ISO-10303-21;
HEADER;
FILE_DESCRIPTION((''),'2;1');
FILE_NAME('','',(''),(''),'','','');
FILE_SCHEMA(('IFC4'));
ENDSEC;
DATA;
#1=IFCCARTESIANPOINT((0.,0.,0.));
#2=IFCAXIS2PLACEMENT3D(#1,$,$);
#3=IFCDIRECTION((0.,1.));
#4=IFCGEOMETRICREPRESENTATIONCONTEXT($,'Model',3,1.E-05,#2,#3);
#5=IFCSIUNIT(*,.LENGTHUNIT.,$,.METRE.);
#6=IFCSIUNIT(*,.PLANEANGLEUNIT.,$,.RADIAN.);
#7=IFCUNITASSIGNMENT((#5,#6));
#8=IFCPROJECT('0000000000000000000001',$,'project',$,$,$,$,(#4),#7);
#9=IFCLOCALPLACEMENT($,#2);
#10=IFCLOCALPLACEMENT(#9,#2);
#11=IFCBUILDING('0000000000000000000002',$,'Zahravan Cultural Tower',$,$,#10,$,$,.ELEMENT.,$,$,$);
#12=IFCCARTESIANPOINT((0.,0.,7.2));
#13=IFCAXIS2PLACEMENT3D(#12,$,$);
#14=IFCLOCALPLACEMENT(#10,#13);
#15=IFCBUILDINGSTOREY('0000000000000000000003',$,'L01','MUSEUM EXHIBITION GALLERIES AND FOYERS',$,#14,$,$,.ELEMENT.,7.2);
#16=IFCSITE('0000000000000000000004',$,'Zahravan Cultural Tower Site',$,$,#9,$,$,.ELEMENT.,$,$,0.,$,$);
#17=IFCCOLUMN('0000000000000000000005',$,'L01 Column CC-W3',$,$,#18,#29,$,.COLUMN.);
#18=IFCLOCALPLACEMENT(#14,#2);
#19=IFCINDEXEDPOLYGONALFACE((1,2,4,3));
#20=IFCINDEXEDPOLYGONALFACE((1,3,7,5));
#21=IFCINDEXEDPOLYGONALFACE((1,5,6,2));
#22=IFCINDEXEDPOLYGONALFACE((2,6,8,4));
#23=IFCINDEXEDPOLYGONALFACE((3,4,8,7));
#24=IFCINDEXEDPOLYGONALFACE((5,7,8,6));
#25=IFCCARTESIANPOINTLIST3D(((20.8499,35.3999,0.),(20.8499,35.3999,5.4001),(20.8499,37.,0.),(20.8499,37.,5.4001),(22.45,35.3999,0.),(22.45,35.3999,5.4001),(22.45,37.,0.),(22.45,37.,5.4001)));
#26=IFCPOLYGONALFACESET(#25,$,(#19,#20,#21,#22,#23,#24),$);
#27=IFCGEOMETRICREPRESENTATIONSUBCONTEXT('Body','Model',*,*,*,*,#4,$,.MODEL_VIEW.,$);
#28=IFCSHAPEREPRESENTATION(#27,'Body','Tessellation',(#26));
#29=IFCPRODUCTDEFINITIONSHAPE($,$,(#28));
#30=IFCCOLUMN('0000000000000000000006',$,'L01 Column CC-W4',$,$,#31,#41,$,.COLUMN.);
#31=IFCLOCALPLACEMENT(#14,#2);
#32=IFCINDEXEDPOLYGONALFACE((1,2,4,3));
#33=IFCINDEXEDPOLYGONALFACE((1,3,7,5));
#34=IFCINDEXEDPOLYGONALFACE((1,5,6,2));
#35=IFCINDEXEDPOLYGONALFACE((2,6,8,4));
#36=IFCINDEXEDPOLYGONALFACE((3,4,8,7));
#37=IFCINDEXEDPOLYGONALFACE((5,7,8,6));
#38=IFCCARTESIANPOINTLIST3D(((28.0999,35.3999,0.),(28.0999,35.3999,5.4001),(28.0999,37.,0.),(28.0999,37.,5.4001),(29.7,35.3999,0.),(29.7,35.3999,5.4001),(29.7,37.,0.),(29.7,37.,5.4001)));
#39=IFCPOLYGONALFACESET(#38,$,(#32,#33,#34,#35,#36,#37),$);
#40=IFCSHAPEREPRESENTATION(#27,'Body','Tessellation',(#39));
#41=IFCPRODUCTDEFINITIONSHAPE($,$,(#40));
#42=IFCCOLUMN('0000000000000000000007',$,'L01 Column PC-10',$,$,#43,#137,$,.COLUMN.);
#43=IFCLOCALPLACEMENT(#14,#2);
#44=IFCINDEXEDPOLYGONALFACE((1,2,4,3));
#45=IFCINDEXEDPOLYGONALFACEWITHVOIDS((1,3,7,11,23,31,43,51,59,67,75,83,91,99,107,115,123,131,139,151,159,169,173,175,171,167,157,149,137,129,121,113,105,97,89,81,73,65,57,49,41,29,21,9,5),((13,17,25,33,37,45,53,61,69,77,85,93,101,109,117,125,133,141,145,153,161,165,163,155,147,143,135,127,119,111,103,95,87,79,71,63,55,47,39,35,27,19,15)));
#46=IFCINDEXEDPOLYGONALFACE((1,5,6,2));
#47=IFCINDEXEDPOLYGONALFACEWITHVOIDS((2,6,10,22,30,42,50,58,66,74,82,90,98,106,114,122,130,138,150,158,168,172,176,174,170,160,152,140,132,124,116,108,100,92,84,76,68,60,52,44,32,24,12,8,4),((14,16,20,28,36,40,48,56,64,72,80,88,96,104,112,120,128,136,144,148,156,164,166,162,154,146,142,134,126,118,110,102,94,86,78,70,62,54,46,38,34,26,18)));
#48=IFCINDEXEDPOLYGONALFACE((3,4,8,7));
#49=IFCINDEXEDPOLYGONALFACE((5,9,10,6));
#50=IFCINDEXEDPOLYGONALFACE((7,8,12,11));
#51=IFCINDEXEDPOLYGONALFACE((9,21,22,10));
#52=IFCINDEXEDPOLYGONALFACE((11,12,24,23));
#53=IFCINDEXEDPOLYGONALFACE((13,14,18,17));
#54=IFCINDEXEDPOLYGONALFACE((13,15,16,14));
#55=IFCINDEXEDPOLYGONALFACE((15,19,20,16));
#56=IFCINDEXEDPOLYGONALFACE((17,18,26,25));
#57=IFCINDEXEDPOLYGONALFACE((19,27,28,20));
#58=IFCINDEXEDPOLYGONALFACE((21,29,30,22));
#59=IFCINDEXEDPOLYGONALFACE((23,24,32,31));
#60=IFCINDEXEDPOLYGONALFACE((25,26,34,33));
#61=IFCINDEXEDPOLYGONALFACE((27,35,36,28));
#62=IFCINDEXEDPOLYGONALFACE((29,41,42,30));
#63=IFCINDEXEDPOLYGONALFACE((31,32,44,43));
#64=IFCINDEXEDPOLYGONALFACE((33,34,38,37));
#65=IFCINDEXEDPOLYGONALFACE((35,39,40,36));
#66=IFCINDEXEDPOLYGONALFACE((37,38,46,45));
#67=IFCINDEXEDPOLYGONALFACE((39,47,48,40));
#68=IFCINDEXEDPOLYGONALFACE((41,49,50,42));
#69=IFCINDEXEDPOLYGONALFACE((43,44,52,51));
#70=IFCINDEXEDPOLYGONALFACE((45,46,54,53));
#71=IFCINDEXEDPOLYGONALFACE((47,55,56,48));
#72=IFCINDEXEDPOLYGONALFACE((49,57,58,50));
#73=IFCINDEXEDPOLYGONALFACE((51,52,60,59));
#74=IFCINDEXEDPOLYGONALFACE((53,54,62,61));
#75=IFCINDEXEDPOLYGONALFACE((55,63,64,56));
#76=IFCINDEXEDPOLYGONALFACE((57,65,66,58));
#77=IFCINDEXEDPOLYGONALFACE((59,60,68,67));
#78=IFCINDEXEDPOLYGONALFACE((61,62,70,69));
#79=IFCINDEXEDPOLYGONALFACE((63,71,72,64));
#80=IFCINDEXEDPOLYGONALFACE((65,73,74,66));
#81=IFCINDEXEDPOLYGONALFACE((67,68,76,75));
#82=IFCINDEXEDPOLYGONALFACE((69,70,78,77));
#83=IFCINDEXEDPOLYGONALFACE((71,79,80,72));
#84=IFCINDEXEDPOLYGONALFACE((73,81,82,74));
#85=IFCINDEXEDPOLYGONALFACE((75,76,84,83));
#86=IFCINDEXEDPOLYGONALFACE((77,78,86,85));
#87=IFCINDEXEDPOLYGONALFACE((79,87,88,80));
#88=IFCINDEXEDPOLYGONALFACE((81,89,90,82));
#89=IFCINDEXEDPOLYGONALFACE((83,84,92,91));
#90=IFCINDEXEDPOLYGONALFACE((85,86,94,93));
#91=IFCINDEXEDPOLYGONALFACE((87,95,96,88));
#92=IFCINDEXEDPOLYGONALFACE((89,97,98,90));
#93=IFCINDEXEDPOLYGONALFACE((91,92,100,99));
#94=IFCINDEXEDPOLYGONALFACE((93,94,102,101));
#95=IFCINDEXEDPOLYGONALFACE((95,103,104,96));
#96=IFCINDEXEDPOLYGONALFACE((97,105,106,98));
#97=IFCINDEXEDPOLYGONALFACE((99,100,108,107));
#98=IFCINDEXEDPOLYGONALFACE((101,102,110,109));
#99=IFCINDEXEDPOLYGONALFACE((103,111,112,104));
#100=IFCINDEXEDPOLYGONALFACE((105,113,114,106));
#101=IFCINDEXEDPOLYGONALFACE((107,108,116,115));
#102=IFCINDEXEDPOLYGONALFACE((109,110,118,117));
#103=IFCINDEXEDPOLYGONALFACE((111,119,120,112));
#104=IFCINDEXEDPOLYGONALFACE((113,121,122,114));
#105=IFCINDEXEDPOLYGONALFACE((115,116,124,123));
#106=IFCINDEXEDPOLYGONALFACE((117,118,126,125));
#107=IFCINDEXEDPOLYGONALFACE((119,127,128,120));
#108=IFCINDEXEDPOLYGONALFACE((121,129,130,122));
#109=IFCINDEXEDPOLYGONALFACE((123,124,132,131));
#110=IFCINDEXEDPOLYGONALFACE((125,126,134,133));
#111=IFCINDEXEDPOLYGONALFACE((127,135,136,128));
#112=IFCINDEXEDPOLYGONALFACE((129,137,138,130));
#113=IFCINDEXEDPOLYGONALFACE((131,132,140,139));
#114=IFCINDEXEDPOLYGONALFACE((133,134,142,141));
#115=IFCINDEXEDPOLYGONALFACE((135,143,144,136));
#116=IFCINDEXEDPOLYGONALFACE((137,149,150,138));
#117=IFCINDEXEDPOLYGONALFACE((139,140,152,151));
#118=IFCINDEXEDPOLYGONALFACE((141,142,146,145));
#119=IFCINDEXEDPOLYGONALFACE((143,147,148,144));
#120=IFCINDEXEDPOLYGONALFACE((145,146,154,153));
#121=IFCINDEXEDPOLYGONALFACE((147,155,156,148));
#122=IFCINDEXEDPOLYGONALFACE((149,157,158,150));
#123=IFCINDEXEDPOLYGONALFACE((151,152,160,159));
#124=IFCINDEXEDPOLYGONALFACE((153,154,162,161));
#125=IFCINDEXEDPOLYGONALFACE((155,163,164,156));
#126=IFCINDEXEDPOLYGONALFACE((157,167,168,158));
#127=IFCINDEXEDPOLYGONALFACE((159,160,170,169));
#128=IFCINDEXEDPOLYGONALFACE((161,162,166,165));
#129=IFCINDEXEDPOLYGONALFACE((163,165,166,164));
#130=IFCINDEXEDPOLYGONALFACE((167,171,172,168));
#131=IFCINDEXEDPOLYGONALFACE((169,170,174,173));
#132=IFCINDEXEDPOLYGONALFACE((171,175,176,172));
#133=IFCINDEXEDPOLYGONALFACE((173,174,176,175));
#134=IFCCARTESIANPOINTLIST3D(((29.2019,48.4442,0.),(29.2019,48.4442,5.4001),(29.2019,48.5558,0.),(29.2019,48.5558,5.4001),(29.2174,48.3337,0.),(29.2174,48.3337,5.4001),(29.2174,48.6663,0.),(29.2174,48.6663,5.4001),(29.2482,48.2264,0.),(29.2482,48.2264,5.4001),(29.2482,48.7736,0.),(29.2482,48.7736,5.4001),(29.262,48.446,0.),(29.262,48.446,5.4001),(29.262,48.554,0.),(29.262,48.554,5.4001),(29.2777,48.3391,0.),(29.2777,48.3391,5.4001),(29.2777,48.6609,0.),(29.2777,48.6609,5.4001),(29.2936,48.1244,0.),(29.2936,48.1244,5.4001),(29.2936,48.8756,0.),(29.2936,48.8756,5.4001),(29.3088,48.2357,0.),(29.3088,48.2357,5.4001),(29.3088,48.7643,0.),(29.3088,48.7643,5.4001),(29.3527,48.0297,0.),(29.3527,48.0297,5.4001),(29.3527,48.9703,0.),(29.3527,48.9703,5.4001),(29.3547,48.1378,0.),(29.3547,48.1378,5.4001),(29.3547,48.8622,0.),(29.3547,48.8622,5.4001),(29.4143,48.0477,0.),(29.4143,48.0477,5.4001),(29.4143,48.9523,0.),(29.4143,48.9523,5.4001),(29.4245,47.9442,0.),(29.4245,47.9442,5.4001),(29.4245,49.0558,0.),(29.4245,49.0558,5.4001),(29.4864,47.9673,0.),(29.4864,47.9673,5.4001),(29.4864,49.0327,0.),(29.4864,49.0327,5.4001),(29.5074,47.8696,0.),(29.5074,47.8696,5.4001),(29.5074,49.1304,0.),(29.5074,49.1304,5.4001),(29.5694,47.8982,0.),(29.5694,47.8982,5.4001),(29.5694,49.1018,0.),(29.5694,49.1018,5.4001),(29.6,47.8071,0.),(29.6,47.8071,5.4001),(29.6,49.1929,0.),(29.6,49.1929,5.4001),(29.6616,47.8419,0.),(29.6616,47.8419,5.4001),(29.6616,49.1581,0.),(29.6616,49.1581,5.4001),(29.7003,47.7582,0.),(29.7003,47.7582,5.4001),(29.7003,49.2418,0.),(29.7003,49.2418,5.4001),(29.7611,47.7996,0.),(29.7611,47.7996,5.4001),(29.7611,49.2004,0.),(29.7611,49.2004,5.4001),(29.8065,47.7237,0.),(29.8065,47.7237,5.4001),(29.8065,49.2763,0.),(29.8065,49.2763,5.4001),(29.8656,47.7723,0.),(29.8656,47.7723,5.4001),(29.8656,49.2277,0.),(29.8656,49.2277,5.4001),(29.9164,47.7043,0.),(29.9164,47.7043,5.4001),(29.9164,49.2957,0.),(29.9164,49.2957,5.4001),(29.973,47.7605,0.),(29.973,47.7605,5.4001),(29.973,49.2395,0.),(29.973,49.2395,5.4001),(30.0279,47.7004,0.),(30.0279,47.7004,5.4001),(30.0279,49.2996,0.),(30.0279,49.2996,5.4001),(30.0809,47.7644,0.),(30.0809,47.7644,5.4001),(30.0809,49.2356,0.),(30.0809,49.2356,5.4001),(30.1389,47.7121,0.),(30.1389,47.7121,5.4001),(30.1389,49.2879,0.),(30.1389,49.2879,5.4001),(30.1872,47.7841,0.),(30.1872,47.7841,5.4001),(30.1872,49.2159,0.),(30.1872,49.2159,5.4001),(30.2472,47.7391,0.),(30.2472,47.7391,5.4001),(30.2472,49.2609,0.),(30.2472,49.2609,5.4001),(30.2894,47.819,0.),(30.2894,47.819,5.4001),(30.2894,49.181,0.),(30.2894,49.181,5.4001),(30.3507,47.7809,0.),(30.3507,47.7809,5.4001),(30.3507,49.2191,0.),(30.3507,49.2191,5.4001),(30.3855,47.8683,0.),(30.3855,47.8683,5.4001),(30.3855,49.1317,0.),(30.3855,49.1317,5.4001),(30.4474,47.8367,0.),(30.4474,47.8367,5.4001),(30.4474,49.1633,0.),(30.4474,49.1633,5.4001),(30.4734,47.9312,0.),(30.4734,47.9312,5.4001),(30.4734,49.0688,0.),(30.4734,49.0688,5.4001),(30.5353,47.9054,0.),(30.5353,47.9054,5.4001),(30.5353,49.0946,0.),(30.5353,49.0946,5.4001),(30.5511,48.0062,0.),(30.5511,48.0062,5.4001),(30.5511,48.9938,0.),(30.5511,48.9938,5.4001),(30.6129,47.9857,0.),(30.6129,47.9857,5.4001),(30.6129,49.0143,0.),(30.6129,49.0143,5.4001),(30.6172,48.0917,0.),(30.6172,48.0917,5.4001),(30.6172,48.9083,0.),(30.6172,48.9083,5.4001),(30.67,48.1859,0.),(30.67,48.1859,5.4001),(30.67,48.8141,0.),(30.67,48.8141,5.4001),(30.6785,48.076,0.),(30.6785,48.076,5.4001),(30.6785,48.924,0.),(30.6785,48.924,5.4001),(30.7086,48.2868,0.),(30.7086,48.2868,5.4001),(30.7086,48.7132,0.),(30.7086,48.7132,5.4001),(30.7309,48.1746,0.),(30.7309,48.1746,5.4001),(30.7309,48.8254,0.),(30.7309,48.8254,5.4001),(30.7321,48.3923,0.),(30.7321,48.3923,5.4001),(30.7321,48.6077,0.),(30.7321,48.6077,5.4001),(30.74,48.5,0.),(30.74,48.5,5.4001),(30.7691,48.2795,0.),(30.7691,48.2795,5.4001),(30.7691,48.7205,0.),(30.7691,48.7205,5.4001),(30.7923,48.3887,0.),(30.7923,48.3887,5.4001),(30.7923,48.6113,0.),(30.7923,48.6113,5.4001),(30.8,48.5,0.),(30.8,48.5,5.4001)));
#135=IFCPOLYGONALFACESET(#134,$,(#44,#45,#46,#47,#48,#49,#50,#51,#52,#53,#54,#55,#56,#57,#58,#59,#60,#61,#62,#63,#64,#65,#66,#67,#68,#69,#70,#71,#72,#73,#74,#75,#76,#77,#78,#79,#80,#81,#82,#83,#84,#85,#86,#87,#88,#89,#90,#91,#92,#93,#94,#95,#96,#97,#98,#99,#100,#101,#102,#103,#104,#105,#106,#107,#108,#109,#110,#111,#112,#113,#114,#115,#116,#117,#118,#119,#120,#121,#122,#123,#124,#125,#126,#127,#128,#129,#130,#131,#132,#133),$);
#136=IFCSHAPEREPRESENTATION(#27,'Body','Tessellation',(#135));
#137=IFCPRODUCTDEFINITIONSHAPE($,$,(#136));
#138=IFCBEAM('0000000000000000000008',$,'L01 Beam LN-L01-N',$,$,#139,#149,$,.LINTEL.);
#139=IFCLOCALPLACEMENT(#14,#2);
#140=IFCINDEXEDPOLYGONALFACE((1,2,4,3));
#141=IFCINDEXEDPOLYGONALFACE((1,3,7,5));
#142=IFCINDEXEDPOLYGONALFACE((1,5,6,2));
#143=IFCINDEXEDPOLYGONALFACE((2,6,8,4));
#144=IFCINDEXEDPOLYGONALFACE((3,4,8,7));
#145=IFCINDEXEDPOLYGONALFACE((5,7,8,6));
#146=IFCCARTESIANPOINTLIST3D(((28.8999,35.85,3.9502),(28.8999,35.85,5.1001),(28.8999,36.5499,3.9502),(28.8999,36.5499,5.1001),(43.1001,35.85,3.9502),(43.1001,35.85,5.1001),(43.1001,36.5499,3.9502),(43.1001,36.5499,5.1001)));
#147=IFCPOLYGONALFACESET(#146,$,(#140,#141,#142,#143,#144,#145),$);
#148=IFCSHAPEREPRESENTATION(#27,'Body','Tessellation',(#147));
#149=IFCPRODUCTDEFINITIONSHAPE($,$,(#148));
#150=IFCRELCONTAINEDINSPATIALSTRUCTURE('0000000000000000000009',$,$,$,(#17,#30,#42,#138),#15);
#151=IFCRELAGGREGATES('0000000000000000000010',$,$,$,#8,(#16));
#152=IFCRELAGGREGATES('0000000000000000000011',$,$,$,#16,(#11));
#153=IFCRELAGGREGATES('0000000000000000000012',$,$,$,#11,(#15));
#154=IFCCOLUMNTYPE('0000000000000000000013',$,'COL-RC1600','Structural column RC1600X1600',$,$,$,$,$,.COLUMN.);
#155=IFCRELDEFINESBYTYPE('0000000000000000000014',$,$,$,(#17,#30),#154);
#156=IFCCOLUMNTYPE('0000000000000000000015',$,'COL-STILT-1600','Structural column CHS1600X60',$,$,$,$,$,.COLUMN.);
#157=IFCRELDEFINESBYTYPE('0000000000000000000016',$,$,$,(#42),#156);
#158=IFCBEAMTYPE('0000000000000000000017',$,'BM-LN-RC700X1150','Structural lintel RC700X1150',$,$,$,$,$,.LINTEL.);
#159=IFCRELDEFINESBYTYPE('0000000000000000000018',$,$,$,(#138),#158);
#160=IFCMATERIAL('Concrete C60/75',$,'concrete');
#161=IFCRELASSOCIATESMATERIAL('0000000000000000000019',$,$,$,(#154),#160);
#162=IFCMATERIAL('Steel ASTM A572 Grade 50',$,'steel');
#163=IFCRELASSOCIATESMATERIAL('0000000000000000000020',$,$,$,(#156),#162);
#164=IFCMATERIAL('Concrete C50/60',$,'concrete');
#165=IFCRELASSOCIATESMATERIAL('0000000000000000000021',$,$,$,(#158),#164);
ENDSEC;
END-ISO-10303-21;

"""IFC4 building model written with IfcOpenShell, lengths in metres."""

from ifc_helpers import new_model, si_unit, direction, frame, origin, origin_2d, place, context, subcontext, project, spatial, rectangle, hollow_circle, extrude, source, transform, mapped, material, material_profile, profile_set, type_object, element, save


model = new_model("IFC4")

# Units and contexts
model_context = context("Model", 3, precision=1e-05, world=origin(), true_north=direction((0.0, 1.0)))
body_context = subcontext(model_context, "Body", "Model", "MODEL_VIEW")
ifc_project = project(units=[si_unit("LENGTHUNIT", "METRE"), si_unit("PLANEANGLEUNIT", "RADIAN")], contexts=[model_context])

# Site, building, storey
site_placement = place(None, origin())
site = spatial("IfcSite", under=ifc_project, at=site_placement, Name="Zahravan Cultural Tower Site", CompositionType="ELEMENT", RefElevation=0.0)
building_placement = place(site_placement, origin())
building = spatial("IfcBuilding", under=site, at=building_placement, Name="Zahravan Cultural Tower", CompositionType="ELEMENT")
storey_placement = place(building_placement, frame((0.0, 0.0, 7.2)))
storey = spatial("IfcBuildingStorey", under=building, at=storey_placement, Name="L01", Description="MUSEUM EXHIBITION GALLERIES AND FOYERS", CompositionType="ELEMENT", Elevation=7.2)

# Columns
ifc_material_1 = material(Name="Concrete C60/75", Category="concrete")
ifc_material_profile_1 = material_profile(ifc_material_1, rectangle(XDim=1.6001, YDim=1.6001, at=origin_2d()), Name="RC1600X1600")
ifc_profile_set_1 = profile_set([ifc_material_profile_1], Name="Concrete C60/75")
column_type_1 = type_object("IfcColumnType", Name="COL-RC1600", Description="Structural column RC1600X1600", PredefinedType="COLUMN", material=ifc_profile_set_1)
shared_shape_1 = source(origin(), body_context, "Body", "SweptSolid", [
    extrude(rectangle(XDim=1.6001, YDim=1.6001, at=origin_2d()), origin(), (0.0, 0.0, 1.0), 5.4001),
])
for number, where, z_axis, x_axis, name in (
    (1, (21.6499, 36.2, 0.0), (0.0, 0.0, 1.0), (1.0, 0.0, 0.0), "L01 Column CC-W3"),
    (2, (28.8999, 36.2, 0.0), (0.0, 0.0, 1.0), (1.0, 0.0, 0.0), "L01 Column CC-W4"),
):
    element("IfcColumn", number, at=place(storey_placement, frame(where, z_axis=z_axis, x_axis=x_axis)), inside=storey, type_object=column_type_1, Name=name, PredefinedType="COLUMN", context=body_context, shape_type="MappedRepresentation", body=[
        mapped(shared_shape_1, transform((0.0, 0.0, 0.0), x_axis=(1.0, 0.0, 0.0), y_axis=(0.0, 1.0, 0.0), z_axis=(0.0, 0.0, 1.0), scale=1.0)),
    ])
ifc_material_2 = material(Name="Steel ASTM A572 Grade 50", Category="steel")
ifc_material_profile_2 = material_profile(ifc_material_2, hollow_circle(Radius=0.8, WallThickness=0.0601, at=origin_2d()), Name="CHS1600X60")
ifc_profile_set_2 = profile_set([ifc_material_profile_2], Name="Steel ASTM A572 Grade 50")
column_type_2 = type_object("IfcColumnType", Name="COL-STILT-1600", Description="Structural column CHS1600X60", PredefinedType="COLUMN", material=ifc_profile_set_2)
shared_shape_2 = source(origin(), body_context, "Body", "SweptSolid", [
    extrude(hollow_circle(Radius=0.8, WallThickness=0.0601, at=origin_2d()), origin(), (0.0, 0.0, 1.0), 5.4001),
])
column_placement = place(storey_placement, frame((30.0, 48.5, 0.0), z_axis=(0.0, 0.0, 1.0), x_axis=(1.0, 0.0, 0.0)))
element("IfcColumn", 3, at=column_placement, inside=storey, type_object=column_type_2, Name="L01 Column PC-10", PredefinedType="COLUMN", context=body_context, shape_type="MappedRepresentation", body=[
    mapped(shared_shape_2, transform((0.0, 0.0, 0.0), x_axis=(1.0, 0.0, 0.0), y_axis=(0.0, 1.0, 0.0), z_axis=(0.0, 0.0, 1.0), scale=1.0)),
])

# Beam
ifc_material_3 = material(Name="Concrete C50/60", Category="concrete")
ifc_material_profile_3 = material_profile(ifc_material_3, rectangle(XDim=0.7, YDim=1.1499, at=origin_2d()), Name="RC700X1150")
ifc_profile_set_3 = profile_set([ifc_material_profile_3], Name="Concrete C50/60")
beam_type_1 = type_object("IfcBeamType", Name="BM-LN-RC700X1150", Description="Structural lintel RC700X1150", PredefinedType="LINTEL", material=ifc_profile_set_3)
shared_shape_3 = source(origin(), body_context, "Body", "SweptSolid", [
    extrude(rectangle(XDim=0.7, YDim=1.1499, at=origin_2d()), origin(), (0.0, 0.0, 1.0), 14.2002),
])
beam_1_placement = place(storey_placement, frame((28.8999, 36.2, 4.5251), z_axis=(1.0, 0.0, 0.0), x_axis=(0.0, 1.0, 0.0)))
element("IfcBeam", 4, at=beam_1_placement, inside=storey, type_object=beam_type_1, Name="L01 Beam LN-L01-N", PredefinedType="LINTEL", context=body_context, shape_type="MappedRepresentation", body=[
    mapped(shared_shape_3, transform((0.0, 0.0, 0.0), x_axis=(1.0, 0.0, 0.0), y_axis=(0.0, 1.0, 0.0), z_axis=(0.0, 0.0, 1.0), scale=1.0)),
])

save(model, "model.ifc")
